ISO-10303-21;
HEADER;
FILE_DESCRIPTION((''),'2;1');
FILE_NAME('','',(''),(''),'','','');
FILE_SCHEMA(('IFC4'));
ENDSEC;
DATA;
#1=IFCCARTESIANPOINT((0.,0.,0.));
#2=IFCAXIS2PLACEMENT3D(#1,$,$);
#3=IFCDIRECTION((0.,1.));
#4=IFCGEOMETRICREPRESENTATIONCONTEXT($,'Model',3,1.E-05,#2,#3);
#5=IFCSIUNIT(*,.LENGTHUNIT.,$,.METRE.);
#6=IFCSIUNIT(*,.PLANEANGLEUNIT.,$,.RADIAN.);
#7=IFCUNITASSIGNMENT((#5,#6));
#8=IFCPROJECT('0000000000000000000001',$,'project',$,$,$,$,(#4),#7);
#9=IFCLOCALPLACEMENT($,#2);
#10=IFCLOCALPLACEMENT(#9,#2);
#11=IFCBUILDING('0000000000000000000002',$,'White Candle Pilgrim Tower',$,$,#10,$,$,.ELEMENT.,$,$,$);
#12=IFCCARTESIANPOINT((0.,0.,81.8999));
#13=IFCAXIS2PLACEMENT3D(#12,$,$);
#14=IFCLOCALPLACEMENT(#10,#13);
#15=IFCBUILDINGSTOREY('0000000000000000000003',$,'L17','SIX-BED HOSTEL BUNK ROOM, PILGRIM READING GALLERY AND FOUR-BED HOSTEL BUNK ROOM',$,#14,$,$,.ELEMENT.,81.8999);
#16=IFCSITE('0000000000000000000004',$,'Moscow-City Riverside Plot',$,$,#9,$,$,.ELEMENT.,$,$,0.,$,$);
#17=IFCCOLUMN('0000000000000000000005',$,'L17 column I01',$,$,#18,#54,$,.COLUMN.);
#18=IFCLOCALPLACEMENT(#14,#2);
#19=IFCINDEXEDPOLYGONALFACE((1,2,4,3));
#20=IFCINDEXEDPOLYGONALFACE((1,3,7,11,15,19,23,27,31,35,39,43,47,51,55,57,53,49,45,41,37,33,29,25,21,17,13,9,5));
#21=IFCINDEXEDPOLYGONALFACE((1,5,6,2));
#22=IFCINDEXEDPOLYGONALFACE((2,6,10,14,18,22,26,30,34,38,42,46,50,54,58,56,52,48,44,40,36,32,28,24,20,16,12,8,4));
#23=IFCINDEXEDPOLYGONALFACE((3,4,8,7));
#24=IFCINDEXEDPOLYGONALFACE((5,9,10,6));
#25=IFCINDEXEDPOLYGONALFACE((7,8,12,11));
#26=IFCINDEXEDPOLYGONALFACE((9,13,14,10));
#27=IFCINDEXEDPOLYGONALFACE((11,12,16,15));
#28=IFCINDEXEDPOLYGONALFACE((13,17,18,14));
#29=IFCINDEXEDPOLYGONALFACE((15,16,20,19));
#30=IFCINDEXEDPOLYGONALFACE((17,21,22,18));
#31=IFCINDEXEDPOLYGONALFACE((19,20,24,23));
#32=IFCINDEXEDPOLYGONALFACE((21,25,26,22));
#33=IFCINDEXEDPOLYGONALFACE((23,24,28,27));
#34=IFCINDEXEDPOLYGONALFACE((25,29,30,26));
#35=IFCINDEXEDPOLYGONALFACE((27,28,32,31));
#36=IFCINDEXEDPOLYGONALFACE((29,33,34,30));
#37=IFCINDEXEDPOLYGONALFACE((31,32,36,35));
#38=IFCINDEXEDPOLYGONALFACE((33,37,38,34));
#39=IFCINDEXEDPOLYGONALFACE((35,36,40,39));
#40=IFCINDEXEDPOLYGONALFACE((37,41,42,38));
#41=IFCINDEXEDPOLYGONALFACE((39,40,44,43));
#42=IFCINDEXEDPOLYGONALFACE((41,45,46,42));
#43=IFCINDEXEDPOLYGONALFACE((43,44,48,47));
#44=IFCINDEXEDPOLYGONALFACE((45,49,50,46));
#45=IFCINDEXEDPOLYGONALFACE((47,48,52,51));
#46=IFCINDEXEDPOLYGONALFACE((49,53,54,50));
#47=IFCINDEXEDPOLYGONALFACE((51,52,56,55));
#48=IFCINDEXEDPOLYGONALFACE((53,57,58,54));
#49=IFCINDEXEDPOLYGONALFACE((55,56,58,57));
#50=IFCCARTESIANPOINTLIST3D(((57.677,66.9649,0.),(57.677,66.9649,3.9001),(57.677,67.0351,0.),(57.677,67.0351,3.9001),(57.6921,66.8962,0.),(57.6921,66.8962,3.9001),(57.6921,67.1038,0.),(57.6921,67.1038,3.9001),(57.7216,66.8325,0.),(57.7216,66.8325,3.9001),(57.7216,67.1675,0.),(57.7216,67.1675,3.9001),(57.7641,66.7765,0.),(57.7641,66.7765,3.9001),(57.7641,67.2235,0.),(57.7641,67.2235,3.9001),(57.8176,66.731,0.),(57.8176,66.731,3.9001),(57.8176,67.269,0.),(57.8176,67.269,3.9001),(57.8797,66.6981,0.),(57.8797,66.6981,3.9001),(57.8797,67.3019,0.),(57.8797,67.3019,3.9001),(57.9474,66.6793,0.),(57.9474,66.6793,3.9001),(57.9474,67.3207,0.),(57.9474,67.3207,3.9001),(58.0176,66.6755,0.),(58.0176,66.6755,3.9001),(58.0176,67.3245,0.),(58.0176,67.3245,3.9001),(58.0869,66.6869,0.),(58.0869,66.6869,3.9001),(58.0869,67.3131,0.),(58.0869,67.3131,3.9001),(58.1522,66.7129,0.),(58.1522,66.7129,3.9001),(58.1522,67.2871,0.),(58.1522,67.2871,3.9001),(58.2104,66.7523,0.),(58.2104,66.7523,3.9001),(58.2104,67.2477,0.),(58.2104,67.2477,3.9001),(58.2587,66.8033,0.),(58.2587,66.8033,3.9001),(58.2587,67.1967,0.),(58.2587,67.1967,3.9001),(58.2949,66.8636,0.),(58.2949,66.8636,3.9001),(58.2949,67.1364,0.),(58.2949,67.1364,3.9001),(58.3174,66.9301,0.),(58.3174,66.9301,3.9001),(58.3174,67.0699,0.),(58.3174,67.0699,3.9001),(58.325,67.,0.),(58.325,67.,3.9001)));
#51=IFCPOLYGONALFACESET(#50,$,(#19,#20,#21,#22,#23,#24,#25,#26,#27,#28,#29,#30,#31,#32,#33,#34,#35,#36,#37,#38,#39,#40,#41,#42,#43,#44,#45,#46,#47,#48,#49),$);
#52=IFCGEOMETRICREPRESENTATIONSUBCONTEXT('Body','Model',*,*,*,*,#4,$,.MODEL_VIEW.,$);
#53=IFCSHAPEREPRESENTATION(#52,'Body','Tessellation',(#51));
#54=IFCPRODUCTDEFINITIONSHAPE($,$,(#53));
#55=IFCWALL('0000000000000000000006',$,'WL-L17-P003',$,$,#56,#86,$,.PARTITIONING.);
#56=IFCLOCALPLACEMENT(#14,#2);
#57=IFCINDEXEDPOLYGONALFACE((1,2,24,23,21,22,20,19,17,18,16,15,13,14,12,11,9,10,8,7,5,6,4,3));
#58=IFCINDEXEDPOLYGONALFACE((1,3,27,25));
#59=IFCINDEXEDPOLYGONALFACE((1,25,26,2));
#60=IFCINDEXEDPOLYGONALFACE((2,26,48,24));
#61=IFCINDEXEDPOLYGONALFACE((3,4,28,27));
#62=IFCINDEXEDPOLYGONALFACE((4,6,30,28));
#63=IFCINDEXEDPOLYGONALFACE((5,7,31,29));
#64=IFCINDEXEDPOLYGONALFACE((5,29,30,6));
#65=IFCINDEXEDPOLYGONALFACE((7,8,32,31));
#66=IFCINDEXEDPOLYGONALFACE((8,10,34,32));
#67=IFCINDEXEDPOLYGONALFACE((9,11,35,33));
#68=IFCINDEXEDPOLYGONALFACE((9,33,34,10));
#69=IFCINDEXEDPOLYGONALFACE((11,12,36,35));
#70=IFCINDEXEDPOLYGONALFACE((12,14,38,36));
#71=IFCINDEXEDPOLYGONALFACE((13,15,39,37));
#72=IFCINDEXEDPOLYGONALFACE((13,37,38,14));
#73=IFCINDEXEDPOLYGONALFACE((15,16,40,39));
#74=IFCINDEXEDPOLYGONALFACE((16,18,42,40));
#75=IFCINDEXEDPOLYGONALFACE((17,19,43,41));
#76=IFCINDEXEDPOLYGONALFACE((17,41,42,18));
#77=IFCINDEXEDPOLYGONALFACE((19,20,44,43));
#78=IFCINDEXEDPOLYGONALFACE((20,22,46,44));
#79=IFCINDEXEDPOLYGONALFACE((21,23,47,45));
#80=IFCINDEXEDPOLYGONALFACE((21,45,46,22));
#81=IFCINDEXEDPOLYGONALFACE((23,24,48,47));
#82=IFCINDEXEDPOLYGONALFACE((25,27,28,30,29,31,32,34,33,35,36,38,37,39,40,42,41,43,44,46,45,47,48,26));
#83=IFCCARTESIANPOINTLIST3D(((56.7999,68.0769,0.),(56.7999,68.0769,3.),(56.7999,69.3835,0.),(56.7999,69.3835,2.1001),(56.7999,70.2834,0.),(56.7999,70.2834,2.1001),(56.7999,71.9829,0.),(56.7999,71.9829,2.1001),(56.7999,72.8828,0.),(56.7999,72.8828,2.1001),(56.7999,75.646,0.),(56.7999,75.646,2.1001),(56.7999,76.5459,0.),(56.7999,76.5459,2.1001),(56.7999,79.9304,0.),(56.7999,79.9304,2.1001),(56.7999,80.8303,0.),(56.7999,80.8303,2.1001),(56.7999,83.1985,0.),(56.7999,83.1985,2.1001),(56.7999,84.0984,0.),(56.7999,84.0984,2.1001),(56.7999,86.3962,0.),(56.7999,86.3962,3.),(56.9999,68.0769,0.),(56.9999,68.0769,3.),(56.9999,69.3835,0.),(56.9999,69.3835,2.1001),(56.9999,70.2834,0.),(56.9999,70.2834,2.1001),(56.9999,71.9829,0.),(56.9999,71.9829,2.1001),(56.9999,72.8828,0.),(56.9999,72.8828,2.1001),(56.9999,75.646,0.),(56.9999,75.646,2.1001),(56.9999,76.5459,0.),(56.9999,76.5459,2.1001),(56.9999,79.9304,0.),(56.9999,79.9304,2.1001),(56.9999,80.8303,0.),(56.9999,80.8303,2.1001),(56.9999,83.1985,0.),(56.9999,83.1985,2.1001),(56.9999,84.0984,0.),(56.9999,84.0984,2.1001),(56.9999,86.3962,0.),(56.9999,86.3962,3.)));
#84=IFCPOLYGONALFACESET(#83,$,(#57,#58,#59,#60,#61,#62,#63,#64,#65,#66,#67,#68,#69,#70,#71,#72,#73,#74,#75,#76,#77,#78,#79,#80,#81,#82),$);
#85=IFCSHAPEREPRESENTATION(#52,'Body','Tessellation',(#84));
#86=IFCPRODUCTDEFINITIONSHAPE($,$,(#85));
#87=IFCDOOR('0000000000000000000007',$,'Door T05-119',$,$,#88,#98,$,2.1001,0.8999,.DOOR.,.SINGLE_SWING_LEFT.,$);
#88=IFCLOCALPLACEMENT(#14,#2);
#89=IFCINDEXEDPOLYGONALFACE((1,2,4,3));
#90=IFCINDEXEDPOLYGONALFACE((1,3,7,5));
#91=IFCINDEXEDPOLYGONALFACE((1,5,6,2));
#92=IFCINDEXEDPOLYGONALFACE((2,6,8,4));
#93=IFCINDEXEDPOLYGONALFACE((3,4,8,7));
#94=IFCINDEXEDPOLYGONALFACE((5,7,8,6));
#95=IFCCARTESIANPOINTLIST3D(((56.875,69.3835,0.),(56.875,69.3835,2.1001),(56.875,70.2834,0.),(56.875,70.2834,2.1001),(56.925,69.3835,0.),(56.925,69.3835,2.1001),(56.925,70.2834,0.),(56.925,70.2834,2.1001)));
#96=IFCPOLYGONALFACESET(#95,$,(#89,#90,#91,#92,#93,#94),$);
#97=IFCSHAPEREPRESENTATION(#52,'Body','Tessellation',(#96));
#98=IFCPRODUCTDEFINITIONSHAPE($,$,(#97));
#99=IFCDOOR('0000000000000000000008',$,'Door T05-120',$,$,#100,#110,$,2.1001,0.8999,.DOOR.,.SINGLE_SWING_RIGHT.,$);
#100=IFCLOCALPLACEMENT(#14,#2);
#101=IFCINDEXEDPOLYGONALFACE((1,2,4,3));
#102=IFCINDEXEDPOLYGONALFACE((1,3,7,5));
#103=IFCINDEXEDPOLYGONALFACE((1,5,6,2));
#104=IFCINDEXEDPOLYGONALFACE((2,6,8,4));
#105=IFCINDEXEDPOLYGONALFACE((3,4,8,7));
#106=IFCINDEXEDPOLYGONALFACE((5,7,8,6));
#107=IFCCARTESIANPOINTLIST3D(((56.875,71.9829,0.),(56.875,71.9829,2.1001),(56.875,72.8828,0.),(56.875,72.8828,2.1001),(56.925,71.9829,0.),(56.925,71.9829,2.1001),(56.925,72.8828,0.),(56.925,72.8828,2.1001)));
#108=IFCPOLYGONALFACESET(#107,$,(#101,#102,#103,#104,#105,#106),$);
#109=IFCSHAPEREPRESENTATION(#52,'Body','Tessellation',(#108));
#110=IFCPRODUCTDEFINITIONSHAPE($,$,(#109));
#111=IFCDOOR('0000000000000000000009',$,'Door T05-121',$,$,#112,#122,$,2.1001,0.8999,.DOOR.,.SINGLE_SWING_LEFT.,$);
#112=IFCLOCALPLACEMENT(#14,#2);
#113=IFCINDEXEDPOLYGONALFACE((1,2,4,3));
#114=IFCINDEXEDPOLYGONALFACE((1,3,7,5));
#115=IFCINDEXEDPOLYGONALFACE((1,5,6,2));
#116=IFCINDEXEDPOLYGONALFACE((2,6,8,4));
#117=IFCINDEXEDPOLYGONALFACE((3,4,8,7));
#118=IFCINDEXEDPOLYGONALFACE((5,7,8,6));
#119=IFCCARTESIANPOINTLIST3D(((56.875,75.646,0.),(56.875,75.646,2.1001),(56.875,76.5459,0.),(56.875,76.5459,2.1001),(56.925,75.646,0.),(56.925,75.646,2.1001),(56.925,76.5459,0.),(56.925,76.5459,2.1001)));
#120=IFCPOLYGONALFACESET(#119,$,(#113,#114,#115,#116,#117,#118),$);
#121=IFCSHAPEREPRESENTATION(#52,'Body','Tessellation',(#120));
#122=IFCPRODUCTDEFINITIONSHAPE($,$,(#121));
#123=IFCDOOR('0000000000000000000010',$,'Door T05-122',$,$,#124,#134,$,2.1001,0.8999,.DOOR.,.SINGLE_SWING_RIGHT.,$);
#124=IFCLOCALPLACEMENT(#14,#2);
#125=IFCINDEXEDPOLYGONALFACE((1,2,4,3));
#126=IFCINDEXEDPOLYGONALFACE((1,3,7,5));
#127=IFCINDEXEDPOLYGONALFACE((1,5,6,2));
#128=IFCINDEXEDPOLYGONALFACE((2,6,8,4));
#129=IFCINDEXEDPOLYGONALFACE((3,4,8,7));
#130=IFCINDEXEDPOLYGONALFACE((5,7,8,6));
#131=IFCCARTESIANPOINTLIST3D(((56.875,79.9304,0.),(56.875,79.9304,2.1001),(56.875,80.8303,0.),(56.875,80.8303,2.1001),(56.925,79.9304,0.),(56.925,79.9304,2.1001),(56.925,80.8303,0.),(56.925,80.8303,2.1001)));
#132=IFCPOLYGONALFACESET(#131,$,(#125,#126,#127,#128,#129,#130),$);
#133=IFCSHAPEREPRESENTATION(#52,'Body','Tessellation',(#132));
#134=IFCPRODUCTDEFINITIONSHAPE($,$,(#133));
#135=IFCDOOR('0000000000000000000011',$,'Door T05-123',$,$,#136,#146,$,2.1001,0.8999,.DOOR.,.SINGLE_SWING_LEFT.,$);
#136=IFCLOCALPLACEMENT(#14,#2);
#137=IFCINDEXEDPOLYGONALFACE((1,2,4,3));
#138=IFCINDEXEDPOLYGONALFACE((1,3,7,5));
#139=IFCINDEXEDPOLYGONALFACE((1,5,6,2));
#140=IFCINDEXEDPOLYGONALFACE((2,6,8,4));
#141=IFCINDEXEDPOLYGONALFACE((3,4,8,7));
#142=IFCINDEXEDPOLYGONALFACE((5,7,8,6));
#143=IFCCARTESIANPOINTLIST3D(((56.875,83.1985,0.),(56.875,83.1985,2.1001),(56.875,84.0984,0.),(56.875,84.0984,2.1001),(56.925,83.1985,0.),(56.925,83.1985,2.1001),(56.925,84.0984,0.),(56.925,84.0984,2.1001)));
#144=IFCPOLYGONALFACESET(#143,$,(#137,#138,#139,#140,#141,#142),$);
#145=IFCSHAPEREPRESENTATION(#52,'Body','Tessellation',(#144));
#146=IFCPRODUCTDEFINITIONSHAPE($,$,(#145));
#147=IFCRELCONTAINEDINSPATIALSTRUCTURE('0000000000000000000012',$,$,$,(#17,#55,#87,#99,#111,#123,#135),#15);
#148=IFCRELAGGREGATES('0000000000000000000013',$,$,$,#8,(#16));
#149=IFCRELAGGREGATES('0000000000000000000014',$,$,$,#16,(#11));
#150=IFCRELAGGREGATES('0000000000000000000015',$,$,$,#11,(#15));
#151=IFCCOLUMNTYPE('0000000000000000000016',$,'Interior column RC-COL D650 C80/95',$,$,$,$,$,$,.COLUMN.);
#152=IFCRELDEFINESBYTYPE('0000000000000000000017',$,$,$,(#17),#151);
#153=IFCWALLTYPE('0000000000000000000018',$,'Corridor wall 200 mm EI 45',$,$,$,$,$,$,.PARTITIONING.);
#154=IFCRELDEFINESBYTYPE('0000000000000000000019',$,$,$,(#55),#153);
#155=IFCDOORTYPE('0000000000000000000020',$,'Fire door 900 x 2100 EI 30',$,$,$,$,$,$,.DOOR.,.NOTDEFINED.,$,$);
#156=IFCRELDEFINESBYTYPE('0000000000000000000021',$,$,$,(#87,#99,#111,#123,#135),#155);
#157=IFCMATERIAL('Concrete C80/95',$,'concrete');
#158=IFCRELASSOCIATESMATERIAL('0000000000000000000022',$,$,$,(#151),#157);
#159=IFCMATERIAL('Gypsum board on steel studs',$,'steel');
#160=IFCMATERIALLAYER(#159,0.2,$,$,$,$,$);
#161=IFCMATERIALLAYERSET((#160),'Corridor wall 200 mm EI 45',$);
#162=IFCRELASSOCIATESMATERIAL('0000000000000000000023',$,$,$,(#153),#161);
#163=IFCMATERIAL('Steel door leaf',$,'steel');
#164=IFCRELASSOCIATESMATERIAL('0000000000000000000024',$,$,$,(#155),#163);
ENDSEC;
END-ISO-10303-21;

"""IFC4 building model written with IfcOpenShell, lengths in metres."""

from ifc_helpers import new_model, si_unit, direction, frame, frame_2d, origin, origin_2d, place, context, subcontext, project, spatial, rectangle, circle, extrude, material, layer, layer_set, material_profile, profile_set, type_object, element, fill, save


model = new_model("IFC4")

# Units and contexts
model_context = context("Model", 3, precision=1e-05, world=origin(), true_north=direction((0.0, 1.0)))
body_context = subcontext(model_context, "Body", "Model", "MODEL_VIEW")
ifc_project = project(units=[si_unit("LENGTHUNIT", "METRE"), si_unit("PLANEANGLEUNIT", "RADIAN")], contexts=[model_context])

# Site, building, storey
site_placement = place(None, origin())
site = spatial("IfcSite", under=ifc_project, at=site_placement, Name="Moscow-City Riverside Plot", CompositionType="ELEMENT", RefElevation=0.0)
building_placement = place(site_placement, origin())
building = spatial("IfcBuilding", under=site, at=building_placement, Name="White Candle Pilgrim Tower", CompositionType="ELEMENT")
storey_placement = place(building_placement, frame((0.0, 0.0, 81.8999)))
storey = spatial("IfcBuildingStorey", under=building, at=storey_placement, Name="L17", Description="SIX-BED HOSTEL BUNK ROOM, PILGRIM READING GALLERY AND FOUR-BED HOSTEL BUNK ROOM", CompositionType="ELEMENT", Elevation=81.8999)

# Column
ifc_material_1 = material(Name="Concrete C80/95", Category="concrete")
ifc_material_profile = material_profile(ifc_material_1, circle(Radius=0.325, at=origin_2d()), Name="RC-COL D650")
ifc_profile_set = profile_set([ifc_material_profile], Name="Concrete C80/95")
column_type = type_object("IfcColumnType", Name="Interior column RC-COL D650 C80/95", PredefinedType="COLUMN", material=ifc_profile_set)
column_placement = place(storey_placement, frame((58.0, 67.0, 0.0), z_axis=(0.0, 0.0, 1.0), x_axis=(1.0, 0.0, 0.0)))
element("IfcColumn", 1, at=column_placement, inside=storey, type_object=column_type, Name="L17 column I01", PredefinedType="COLUMN", context=body_context, shape_type="SweptSolid", body=[
    extrude(circle(Radius=0.325, at=origin_2d()), origin(), (0.0, 0.0, 1.0), 3.9001),
])

# Wall, openings, doors
ifc_material_2 = material(Name="Gypsum board on steel studs", Category="steel")
ifc_layer_1 = layer(ifc_material_2, 0.2)
ifc_layer_set_1 = layer_set([ifc_layer_1], Name="Corridor wall 200 mm EI 45")
wall_type_1 = type_object("IfcWallType", Name="Corridor wall 200 mm EI 45", PredefinedType="PARTITIONING", material=ifc_layer_set_1)
wall_1_placement = place(storey_placement, frame((56.8999, 68.0769, 0.0), z_axis=(0.0, 0.0, 1.0), x_axis=(0.0, 1.0, 0.0)))
wall_1 = element("IfcWall", 2, at=wall_1_placement, inside=storey, type_object=wall_type_1, Name="WL-L17-P003", PredefinedType="PARTITIONING", context=body_context, shape_type="SweptSolid", body=[
    extrude(rectangle(XDim=18.3193, YDim=0.2, at=frame_2d((9.1597, 0.0))), origin(), (0.0, 0.0, 1.0), 3.0),
])
opening_1_placement = place(wall_1_placement, frame((1.3066, 0.0, 0.0)))
opening_1 = element("IfcOpeningElement", 3, at=opening_1_placement, cuts=wall_1, PredefinedType="OPENING", context=body_context, shape_type="SweptSolid", body=[
    extrude(rectangle(XDim=0.8999, YDim=2.1001, at=frame_2d((0.45, 1.05))), frame((0.0, 0.1099, 0.0), z_axis=(0.0, -1.0, 0.0), x_axis=(1.0, 0.0, 0.0)), (0.0, 0.0, 1.0), 0.22),
])
opening_2_placement = place(wall_1_placement, frame((3.906, 0.0, 0.0)))
opening_2 = element("IfcOpeningElement", 4, at=opening_2_placement, cuts=wall_1, PredefinedType="OPENING", context=body_context, shape_type="SweptSolid", body=[
    extrude(rectangle(XDim=0.8999, YDim=2.1001, at=frame_2d((0.45, 1.05))), frame((0.0, 0.1099, 0.0), z_axis=(0.0, -1.0, 0.0), x_axis=(1.0, 0.0, 0.0)), (0.0, 0.0, 1.0), 0.22),
])
opening_3_placement = place(wall_1_placement, frame((7.5691, 0.0, 0.0)))
opening_3 = element("IfcOpeningElement", 5, at=opening_3_placement, cuts=wall_1, PredefinedType="OPENING", context=body_context, shape_type="SweptSolid", body=[
    extrude(rectangle(XDim=0.8999, YDim=2.1001, at=frame_2d((0.45, 1.05))), frame((0.0, 0.1099, 0.0), z_axis=(0.0, -1.0, 0.0), x_axis=(1.0, 0.0, 0.0)), (0.0, 0.0, 1.0), 0.22),
])
opening_4_placement = place(wall_1_placement, frame((11.8535, 0.0, 0.0)))
opening_4 = element("IfcOpeningElement", 6, at=opening_4_placement, cuts=wall_1, PredefinedType="OPENING", context=body_context, shape_type="SweptSolid", body=[
    extrude(rectangle(XDim=0.8999, YDim=2.1001, at=frame_2d((0.45, 1.05))), frame((0.0, 0.1099, 0.0), z_axis=(0.0, -1.0, 0.0), x_axis=(1.0, 0.0, 0.0)), (0.0, 0.0, 1.0), 0.22),
])
opening_5_placement = place(wall_1_placement, frame((15.1216, 0.0, 0.0)))
opening_5 = element("IfcOpeningElement", 7, at=opening_5_placement, cuts=wall_1, PredefinedType="OPENING", context=body_context, shape_type="SweptSolid", body=[
    extrude(rectangle(XDim=0.8999, YDim=2.1001, at=frame_2d((0.45, 1.05))), frame((0.0, 0.1099, 0.0), z_axis=(0.0, -1.0, 0.0), x_axis=(1.0, 0.0, 0.0)), (0.0, 0.0, 1.0), 0.22),
])
ifc_material_3 = material(Name="Steel door leaf", Category="steel")
door_type_1 = type_object("IfcDoorType", Name="Fire door 900 x 2100 EI 30", OperationType="NOTDEFINED", PredefinedType="DOOR", material=ifc_material_3)
door_1_placement = place(opening_1_placement, origin())
door_1 = element("IfcDoor", 8, at=door_1_placement, inside=storey, type_object=door_type_1, Name="Door T05-119", OperationType="SINGLE_SWING_LEFT", OverallHeight=2.1001, OverallWidth=0.8999, PredefinedType="DOOR", context=body_context, shape_type="SweptSolid", body=[
    extrude(rectangle(XDim=0.8999, YDim=2.1001, at=frame_2d((0.45, 1.05))), frame((0.0, 0.0249, 0.0), z_axis=(0.0, -1.0, 0.0), x_axis=(1.0, 0.0, 0.0)), (0.0, 0.0, 1.0), 0.05),
])
fill(opening_1, door_1)
door_2_placement = place(opening_2_placement, origin())
door_2 = element("IfcDoor", 9, at=door_2_placement, inside=storey, type_object=door_type_1, Name="Door T05-120", OperationType="SINGLE_SWING_RIGHT", OverallHeight=2.1001, OverallWidth=0.8999, PredefinedType="DOOR", context=body_context, shape_type="SweptSolid", body=[
    extrude(rectangle(XDim=0.8999, YDim=2.1001, at=frame_2d((0.45, 1.05))), frame((0.0, 0.0249, 0.0), z_axis=(0.0, -1.0, 0.0), x_axis=(1.0, 0.0, 0.0)), (0.0, 0.0, 1.0), 0.05),
])
fill(opening_2, door_2)
door_3_placement = place(opening_3_placement, origin())
door_3 = element("IfcDoor", 10, at=door_3_placement, inside=storey, type_object=door_type_1, Name="Door T05-121", OperationType="SINGLE_SWING_LEFT", OverallHeight=2.1001, OverallWidth=0.8999, PredefinedType="DOOR", context=body_context, shape_type="SweptSolid", body=[
    extrude(rectangle(XDim=0.8999, YDim=2.1001, at=frame_2d((0.45, 1.05))), frame((0.0, 0.0249, 0.0), z_axis=(0.0, -1.0, 0.0), x_axis=(1.0, 0.0, 0.0)), (0.0, 0.0, 1.0), 0.05),
])
fill(opening_3, door_3)
door_4_placement = place(opening_4_placement, origin())
door_4 = element("IfcDoor", 11, at=door_4_placement, inside=storey, type_object=door_type_1, Name="Door T05-122", OperationType="SINGLE_SWING_RIGHT", OverallHeight=2.1001, OverallWidth=0.8999, PredefinedType="DOOR", context=body_context, shape_type="SweptSolid", body=[
    extrude(rectangle(XDim=0.8999, YDim=2.1001, at=frame_2d((0.45, 1.05))), frame((0.0, 0.0249, 0.0), z_axis=(0.0, -1.0, 0.0), x_axis=(1.0, 0.0, 0.0)), (0.0, 0.0, 1.0), 0.05),
])
fill(opening_4, door_4)
door_5_placement = place(opening_5_placement, origin())
door_5 = element("IfcDoor", 12, at=door_5_placement, inside=storey, type_object=door_type_1, Name="Door T05-123", OperationType="SINGLE_SWING_LEFT", OverallHeight=2.1001, OverallWidth=0.8999, PredefinedType="DOOR", context=body_context, shape_type="SweptSolid", body=[
    extrude(rectangle(XDim=0.8999, YDim=2.1001, at=frame_2d((0.45, 1.05))), frame((0.0, 0.0249, 0.0), z_axis=(0.0, -1.0, 0.0), x_axis=(1.0, 0.0, 0.0)), (0.0, 0.0, 1.0), 0.05),
])
fill(opening_5, door_5)

save(model, "model.ifc")
